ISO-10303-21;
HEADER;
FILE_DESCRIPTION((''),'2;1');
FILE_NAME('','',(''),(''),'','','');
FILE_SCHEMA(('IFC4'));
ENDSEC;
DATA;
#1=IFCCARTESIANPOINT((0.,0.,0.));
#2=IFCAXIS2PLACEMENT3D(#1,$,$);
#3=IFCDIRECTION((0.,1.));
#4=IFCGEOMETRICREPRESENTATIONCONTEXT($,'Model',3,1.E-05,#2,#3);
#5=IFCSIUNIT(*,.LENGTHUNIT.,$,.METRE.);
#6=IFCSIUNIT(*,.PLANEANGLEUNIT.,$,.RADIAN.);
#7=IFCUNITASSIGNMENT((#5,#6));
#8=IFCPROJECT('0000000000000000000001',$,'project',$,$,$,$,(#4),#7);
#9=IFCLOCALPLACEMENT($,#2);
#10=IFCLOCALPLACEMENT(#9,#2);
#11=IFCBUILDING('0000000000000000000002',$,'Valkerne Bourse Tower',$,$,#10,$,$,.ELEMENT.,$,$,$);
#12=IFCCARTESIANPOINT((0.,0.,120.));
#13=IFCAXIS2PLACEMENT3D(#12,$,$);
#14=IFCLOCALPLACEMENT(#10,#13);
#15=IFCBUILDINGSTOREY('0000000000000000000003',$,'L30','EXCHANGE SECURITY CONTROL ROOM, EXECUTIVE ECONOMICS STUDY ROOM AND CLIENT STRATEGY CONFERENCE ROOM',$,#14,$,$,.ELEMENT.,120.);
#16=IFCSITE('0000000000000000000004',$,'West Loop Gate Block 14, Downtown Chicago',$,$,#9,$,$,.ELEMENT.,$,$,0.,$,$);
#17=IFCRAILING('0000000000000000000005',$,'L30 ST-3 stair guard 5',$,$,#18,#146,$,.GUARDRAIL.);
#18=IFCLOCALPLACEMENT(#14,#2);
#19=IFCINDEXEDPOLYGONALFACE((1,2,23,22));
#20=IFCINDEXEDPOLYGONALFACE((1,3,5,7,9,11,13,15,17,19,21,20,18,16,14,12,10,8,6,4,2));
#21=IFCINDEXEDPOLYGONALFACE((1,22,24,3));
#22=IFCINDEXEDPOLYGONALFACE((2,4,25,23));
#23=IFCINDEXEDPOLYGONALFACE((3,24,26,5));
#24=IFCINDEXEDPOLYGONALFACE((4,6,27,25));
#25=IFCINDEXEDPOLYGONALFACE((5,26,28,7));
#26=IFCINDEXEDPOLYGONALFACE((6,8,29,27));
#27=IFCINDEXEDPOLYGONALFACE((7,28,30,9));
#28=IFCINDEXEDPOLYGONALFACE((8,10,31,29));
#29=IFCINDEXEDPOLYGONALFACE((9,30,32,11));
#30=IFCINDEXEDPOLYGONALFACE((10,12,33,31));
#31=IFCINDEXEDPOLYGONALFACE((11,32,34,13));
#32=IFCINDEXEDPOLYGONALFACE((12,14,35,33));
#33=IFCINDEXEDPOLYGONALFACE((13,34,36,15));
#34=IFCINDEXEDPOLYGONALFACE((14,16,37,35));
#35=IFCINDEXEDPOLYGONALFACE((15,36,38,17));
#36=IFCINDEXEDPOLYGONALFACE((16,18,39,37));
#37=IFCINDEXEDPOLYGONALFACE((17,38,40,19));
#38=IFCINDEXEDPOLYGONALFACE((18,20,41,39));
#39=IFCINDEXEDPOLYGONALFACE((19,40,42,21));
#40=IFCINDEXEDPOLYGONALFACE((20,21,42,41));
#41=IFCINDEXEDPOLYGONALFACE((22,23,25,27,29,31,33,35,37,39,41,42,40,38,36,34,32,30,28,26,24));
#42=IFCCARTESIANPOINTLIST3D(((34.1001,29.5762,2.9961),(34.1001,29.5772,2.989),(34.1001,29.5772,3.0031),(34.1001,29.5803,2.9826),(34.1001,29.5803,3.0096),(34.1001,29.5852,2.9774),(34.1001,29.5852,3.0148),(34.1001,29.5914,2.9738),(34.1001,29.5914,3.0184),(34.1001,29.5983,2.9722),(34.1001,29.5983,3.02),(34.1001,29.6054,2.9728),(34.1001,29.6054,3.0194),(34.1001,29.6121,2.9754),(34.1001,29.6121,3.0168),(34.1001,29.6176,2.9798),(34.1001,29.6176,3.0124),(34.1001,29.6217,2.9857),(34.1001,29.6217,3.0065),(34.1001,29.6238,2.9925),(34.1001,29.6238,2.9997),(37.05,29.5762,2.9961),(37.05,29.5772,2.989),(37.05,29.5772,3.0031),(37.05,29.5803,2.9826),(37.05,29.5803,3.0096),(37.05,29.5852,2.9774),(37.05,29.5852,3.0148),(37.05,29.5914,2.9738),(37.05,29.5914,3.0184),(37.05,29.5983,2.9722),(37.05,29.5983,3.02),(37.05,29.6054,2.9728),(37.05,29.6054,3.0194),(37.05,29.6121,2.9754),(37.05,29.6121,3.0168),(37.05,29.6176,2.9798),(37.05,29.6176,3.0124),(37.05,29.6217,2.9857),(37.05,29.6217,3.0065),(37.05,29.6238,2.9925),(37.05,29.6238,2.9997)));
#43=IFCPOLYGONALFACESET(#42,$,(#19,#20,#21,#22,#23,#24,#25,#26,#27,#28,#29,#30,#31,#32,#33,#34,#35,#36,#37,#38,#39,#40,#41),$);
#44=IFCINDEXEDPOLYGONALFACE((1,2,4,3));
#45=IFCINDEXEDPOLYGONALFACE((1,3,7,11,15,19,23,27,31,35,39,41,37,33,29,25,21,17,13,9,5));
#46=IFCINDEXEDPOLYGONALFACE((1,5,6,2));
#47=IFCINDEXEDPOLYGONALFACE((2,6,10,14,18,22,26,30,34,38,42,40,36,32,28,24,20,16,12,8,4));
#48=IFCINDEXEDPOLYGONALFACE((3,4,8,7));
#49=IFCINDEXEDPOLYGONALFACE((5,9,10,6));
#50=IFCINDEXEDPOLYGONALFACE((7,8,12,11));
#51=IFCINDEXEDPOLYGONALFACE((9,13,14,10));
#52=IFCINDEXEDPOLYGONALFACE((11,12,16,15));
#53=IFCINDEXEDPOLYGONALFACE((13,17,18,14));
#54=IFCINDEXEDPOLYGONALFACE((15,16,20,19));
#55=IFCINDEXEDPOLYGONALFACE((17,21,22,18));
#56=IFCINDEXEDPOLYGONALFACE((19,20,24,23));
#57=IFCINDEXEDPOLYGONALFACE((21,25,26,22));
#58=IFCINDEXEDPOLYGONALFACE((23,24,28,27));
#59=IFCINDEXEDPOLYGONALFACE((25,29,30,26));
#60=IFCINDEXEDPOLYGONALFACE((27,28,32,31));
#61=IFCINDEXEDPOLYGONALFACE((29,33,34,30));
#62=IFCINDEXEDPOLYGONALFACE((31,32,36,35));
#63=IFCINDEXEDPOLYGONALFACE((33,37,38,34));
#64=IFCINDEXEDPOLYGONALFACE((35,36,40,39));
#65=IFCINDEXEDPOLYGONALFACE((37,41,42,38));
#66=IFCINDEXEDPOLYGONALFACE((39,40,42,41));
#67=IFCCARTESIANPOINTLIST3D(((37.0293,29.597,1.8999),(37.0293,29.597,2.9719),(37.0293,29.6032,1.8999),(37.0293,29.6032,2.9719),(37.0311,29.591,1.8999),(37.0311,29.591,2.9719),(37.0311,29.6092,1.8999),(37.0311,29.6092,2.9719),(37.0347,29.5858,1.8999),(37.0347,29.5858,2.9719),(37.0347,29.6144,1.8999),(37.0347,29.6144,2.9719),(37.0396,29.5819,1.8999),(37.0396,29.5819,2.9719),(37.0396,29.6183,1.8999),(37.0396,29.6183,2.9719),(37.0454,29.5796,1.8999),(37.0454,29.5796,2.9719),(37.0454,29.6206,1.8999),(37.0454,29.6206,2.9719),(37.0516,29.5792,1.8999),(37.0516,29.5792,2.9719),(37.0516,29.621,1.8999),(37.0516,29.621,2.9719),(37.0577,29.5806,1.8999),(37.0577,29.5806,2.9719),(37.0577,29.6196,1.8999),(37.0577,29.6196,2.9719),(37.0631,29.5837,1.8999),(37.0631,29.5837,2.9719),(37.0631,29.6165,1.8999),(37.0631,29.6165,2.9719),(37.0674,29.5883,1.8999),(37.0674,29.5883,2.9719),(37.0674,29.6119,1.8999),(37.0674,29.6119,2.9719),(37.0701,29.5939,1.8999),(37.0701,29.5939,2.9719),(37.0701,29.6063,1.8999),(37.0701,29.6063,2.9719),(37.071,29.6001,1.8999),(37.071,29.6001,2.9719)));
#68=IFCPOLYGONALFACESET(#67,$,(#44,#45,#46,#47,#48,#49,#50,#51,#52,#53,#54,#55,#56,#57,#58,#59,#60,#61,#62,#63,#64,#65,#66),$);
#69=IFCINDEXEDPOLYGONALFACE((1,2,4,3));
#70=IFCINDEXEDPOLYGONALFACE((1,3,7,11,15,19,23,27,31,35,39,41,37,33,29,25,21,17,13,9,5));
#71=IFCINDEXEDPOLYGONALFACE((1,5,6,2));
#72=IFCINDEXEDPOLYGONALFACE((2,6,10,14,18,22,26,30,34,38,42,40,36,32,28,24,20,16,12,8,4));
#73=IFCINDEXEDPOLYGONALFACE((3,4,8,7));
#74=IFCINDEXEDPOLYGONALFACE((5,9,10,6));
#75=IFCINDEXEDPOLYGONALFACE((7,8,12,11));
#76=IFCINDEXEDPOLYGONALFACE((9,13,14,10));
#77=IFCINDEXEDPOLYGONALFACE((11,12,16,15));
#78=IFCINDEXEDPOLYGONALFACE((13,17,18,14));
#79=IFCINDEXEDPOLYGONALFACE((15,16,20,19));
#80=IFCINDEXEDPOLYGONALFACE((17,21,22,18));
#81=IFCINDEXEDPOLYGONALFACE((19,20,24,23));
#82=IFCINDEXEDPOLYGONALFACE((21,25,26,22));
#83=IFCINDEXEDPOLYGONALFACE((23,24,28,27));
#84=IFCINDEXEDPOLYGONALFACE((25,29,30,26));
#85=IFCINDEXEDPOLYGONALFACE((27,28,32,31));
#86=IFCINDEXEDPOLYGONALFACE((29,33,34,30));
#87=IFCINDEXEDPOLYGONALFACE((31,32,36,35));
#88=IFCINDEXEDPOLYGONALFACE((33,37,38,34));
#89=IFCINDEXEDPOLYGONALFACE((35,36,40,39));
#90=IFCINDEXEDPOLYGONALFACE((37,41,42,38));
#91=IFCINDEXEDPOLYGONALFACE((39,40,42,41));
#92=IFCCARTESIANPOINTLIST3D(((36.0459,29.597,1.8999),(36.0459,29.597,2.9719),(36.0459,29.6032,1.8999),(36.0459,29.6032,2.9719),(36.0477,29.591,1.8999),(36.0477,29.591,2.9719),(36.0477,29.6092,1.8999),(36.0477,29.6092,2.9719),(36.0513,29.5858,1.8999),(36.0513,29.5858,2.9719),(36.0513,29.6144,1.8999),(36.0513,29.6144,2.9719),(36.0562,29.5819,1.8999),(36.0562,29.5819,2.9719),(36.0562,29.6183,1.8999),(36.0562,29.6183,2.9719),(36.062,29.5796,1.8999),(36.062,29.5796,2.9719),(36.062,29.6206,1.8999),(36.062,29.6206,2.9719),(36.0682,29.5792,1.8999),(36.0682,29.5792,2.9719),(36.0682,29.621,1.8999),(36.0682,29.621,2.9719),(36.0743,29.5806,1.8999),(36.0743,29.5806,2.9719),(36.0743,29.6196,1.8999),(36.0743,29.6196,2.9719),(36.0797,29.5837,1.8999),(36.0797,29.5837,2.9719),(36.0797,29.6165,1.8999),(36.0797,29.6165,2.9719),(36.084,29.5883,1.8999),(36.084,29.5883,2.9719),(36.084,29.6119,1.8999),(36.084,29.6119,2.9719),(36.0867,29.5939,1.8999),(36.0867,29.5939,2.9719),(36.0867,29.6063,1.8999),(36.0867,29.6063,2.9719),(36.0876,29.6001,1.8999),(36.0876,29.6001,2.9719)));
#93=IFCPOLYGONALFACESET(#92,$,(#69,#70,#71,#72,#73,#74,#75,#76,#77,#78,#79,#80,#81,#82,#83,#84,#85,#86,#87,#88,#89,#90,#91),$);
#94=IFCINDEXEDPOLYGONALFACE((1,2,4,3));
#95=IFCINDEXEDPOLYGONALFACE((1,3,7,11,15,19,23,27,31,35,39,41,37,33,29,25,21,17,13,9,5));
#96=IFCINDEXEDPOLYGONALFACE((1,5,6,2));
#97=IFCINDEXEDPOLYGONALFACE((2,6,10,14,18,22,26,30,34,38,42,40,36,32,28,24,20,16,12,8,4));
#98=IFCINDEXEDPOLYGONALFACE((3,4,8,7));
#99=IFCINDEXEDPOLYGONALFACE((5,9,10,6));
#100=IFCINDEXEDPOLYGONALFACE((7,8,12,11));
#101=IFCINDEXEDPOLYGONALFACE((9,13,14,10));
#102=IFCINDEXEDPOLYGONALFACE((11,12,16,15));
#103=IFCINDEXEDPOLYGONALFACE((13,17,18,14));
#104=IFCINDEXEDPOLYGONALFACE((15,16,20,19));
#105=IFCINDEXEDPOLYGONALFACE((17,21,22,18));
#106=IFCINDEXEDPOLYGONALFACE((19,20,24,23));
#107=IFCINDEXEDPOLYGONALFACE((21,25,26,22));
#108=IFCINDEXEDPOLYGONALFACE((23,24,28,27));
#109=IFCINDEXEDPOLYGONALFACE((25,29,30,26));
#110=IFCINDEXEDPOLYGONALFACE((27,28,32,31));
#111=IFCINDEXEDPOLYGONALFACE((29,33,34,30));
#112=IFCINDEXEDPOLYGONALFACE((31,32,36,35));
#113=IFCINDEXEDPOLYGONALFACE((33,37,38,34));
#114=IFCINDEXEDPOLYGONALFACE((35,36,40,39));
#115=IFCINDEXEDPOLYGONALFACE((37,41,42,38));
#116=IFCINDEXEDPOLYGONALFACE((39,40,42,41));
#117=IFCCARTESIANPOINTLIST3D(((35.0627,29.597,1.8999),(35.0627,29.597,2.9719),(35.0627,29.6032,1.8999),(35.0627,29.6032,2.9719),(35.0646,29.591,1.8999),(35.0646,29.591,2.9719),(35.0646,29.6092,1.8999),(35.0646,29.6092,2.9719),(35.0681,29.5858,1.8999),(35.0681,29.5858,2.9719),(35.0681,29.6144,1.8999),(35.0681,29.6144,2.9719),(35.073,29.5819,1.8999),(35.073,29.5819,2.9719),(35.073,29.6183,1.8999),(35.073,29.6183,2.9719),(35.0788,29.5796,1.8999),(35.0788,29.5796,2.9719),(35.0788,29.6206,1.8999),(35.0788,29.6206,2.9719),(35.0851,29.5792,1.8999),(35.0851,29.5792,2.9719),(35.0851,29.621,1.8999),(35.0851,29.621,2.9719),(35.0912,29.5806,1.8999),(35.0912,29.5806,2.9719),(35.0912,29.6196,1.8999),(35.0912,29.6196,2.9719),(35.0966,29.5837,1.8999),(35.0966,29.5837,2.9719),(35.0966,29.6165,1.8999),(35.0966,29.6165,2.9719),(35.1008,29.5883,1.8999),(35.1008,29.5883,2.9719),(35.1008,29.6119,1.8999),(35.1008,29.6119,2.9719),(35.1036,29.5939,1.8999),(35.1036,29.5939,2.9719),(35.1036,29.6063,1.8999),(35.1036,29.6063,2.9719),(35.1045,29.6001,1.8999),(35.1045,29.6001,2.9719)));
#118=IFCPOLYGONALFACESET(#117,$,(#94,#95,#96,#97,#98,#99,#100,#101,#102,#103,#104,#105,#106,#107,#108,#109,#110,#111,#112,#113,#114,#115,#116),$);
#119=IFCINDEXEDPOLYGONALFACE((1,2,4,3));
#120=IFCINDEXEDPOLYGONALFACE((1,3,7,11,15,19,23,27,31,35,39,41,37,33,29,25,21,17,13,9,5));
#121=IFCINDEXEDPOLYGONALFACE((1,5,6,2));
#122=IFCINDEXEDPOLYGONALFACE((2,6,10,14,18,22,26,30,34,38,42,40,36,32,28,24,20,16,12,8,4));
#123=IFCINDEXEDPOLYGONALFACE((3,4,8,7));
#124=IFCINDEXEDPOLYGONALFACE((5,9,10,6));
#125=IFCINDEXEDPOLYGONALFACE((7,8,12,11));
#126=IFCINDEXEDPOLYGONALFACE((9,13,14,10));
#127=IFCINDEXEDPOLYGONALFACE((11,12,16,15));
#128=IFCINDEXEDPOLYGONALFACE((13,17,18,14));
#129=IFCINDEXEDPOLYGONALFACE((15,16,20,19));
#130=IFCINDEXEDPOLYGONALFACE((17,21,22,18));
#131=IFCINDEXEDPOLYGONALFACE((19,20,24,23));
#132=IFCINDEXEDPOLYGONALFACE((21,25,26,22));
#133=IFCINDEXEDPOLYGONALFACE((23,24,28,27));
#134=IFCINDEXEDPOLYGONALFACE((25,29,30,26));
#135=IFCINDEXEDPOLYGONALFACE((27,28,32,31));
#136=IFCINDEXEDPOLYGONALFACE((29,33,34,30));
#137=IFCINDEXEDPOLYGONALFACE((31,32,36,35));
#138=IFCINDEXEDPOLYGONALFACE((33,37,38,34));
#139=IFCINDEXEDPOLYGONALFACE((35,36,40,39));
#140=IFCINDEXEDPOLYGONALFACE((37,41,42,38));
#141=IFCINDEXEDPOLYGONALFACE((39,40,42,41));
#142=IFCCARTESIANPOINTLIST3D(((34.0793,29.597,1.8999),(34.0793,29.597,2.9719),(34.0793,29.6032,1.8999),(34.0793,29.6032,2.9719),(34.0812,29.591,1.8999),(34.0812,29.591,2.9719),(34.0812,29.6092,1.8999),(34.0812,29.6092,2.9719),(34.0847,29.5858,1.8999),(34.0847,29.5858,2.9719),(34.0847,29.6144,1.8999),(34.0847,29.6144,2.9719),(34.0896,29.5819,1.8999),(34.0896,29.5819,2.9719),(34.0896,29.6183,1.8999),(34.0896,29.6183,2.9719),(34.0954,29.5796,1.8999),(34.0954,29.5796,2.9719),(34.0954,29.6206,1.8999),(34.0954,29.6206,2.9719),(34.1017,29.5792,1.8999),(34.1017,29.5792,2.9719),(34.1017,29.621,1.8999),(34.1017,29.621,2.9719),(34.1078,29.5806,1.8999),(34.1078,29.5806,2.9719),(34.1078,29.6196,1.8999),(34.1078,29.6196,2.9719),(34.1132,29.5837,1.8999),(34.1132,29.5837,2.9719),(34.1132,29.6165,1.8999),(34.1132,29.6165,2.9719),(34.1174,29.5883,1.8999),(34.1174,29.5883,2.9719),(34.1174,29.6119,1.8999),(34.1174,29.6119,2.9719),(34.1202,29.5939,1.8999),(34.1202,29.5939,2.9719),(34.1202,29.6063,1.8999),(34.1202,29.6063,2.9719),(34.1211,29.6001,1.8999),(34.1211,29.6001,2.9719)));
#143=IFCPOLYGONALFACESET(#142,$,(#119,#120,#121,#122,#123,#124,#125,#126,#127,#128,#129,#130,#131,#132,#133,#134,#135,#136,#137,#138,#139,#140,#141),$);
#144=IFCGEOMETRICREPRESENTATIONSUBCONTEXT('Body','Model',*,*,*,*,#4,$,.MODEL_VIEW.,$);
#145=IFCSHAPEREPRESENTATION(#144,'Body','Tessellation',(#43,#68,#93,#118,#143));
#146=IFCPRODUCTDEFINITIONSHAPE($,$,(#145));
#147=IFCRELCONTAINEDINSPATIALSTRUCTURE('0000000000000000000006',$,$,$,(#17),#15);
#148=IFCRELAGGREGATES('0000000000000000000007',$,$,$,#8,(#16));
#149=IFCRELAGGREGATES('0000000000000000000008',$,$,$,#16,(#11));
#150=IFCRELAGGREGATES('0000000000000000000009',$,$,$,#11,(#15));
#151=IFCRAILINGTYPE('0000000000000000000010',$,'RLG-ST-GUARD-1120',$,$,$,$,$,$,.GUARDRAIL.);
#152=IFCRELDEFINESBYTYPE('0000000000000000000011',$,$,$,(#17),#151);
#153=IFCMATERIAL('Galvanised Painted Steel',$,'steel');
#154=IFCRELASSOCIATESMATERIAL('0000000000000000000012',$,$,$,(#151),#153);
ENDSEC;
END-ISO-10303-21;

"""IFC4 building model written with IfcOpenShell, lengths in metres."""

from ifc_helpers import new_model, si_unit, direction, frame, origin, origin_2d, place, context, subcontext, project, spatial, circle, extrude, material, type_object, element, save


model = new_model("IFC4")

# Units and contexts
model_context = context("Model", 3, precision=1e-05, world=origin(), true_north=direction((0.0, 1.0)))
body_context = subcontext(model_context, "Body", "Model", "MODEL_VIEW")
ifc_project = project(units=[si_unit("LENGTHUNIT", "METRE"), si_unit("PLANEANGLEUNIT", "RADIAN")], contexts=[model_context])

# Site, building, storey
site_placement = place(None, origin())
site = spatial("IfcSite", under=ifc_project, at=site_placement, Name="West Loop Gate Block 14, Downtown Chicago", CompositionType="ELEMENT", RefElevation=0.0)
building_placement = place(site_placement, origin())
building = spatial("IfcBuilding", under=site, at=building_placement, Name="Valkerne Bourse Tower", CompositionType="ELEMENT")
storey_placement = place(building_placement, frame((0.0, 0.0, 120.0)))
storey = spatial("IfcBuildingStorey", under=building, at=storey_placement, Name="L30", Description="EXCHANGE SECURITY CONTROL ROOM, EXECUTIVE ECONOMICS STUDY ROOM AND CLIENT STRATEGY CONFERENCE ROOM", CompositionType="ELEMENT", Elevation=120.0)

# Railing
ifc_material_1 = material(Name="Galvanised Painted Steel", Category="steel")
railing_type_1 = type_object("IfcRailingType", Name="RLG-ST-GUARD-1120", PredefinedType="GUARDRAIL", material=ifc_material_1)
railing_1_placement = place(storey_placement, frame((37.05, 29.6001, 1.8999)))
element("IfcRailing", 1, at=railing_1_placement, inside=storey, type_object=railing_type_1, Name="L30 ST-3 stair guard 5", PredefinedType="GUARDRAIL", context=body_context, shape_type="SweptSolid", body=[
    extrude(circle(Radius=0.0239, at=origin_2d()), frame((0.0, 0.0, 1.0962), z_axis=(-1.0, 0.0, 0.0), x_axis=(0.0, -1.0, 0.0)), (0.0, 0.0, 1.0), 2.95),
    extrude(circle(Radius=0.021, at=origin_2d()), origin(), (0.0, 0.0, 1.0), 1.072),
    extrude(circle(Radius=0.021, at=origin_2d()), frame((-0.9834, 0.0, 0.0)), (0.0, 0.0, 1.0), 1.072),
    extrude(circle(Radius=0.021, at=origin_2d()), frame((-1.9666, 0.0, 0.0)), (0.0, 0.0, 1.0), 1.072),
    extrude(circle(Radius=0.021, at=origin_2d()), frame((-2.95, 0.0, 0.0)), (0.0, 0.0, 1.0), 1.072),
])

save(model, "model.ifc")
